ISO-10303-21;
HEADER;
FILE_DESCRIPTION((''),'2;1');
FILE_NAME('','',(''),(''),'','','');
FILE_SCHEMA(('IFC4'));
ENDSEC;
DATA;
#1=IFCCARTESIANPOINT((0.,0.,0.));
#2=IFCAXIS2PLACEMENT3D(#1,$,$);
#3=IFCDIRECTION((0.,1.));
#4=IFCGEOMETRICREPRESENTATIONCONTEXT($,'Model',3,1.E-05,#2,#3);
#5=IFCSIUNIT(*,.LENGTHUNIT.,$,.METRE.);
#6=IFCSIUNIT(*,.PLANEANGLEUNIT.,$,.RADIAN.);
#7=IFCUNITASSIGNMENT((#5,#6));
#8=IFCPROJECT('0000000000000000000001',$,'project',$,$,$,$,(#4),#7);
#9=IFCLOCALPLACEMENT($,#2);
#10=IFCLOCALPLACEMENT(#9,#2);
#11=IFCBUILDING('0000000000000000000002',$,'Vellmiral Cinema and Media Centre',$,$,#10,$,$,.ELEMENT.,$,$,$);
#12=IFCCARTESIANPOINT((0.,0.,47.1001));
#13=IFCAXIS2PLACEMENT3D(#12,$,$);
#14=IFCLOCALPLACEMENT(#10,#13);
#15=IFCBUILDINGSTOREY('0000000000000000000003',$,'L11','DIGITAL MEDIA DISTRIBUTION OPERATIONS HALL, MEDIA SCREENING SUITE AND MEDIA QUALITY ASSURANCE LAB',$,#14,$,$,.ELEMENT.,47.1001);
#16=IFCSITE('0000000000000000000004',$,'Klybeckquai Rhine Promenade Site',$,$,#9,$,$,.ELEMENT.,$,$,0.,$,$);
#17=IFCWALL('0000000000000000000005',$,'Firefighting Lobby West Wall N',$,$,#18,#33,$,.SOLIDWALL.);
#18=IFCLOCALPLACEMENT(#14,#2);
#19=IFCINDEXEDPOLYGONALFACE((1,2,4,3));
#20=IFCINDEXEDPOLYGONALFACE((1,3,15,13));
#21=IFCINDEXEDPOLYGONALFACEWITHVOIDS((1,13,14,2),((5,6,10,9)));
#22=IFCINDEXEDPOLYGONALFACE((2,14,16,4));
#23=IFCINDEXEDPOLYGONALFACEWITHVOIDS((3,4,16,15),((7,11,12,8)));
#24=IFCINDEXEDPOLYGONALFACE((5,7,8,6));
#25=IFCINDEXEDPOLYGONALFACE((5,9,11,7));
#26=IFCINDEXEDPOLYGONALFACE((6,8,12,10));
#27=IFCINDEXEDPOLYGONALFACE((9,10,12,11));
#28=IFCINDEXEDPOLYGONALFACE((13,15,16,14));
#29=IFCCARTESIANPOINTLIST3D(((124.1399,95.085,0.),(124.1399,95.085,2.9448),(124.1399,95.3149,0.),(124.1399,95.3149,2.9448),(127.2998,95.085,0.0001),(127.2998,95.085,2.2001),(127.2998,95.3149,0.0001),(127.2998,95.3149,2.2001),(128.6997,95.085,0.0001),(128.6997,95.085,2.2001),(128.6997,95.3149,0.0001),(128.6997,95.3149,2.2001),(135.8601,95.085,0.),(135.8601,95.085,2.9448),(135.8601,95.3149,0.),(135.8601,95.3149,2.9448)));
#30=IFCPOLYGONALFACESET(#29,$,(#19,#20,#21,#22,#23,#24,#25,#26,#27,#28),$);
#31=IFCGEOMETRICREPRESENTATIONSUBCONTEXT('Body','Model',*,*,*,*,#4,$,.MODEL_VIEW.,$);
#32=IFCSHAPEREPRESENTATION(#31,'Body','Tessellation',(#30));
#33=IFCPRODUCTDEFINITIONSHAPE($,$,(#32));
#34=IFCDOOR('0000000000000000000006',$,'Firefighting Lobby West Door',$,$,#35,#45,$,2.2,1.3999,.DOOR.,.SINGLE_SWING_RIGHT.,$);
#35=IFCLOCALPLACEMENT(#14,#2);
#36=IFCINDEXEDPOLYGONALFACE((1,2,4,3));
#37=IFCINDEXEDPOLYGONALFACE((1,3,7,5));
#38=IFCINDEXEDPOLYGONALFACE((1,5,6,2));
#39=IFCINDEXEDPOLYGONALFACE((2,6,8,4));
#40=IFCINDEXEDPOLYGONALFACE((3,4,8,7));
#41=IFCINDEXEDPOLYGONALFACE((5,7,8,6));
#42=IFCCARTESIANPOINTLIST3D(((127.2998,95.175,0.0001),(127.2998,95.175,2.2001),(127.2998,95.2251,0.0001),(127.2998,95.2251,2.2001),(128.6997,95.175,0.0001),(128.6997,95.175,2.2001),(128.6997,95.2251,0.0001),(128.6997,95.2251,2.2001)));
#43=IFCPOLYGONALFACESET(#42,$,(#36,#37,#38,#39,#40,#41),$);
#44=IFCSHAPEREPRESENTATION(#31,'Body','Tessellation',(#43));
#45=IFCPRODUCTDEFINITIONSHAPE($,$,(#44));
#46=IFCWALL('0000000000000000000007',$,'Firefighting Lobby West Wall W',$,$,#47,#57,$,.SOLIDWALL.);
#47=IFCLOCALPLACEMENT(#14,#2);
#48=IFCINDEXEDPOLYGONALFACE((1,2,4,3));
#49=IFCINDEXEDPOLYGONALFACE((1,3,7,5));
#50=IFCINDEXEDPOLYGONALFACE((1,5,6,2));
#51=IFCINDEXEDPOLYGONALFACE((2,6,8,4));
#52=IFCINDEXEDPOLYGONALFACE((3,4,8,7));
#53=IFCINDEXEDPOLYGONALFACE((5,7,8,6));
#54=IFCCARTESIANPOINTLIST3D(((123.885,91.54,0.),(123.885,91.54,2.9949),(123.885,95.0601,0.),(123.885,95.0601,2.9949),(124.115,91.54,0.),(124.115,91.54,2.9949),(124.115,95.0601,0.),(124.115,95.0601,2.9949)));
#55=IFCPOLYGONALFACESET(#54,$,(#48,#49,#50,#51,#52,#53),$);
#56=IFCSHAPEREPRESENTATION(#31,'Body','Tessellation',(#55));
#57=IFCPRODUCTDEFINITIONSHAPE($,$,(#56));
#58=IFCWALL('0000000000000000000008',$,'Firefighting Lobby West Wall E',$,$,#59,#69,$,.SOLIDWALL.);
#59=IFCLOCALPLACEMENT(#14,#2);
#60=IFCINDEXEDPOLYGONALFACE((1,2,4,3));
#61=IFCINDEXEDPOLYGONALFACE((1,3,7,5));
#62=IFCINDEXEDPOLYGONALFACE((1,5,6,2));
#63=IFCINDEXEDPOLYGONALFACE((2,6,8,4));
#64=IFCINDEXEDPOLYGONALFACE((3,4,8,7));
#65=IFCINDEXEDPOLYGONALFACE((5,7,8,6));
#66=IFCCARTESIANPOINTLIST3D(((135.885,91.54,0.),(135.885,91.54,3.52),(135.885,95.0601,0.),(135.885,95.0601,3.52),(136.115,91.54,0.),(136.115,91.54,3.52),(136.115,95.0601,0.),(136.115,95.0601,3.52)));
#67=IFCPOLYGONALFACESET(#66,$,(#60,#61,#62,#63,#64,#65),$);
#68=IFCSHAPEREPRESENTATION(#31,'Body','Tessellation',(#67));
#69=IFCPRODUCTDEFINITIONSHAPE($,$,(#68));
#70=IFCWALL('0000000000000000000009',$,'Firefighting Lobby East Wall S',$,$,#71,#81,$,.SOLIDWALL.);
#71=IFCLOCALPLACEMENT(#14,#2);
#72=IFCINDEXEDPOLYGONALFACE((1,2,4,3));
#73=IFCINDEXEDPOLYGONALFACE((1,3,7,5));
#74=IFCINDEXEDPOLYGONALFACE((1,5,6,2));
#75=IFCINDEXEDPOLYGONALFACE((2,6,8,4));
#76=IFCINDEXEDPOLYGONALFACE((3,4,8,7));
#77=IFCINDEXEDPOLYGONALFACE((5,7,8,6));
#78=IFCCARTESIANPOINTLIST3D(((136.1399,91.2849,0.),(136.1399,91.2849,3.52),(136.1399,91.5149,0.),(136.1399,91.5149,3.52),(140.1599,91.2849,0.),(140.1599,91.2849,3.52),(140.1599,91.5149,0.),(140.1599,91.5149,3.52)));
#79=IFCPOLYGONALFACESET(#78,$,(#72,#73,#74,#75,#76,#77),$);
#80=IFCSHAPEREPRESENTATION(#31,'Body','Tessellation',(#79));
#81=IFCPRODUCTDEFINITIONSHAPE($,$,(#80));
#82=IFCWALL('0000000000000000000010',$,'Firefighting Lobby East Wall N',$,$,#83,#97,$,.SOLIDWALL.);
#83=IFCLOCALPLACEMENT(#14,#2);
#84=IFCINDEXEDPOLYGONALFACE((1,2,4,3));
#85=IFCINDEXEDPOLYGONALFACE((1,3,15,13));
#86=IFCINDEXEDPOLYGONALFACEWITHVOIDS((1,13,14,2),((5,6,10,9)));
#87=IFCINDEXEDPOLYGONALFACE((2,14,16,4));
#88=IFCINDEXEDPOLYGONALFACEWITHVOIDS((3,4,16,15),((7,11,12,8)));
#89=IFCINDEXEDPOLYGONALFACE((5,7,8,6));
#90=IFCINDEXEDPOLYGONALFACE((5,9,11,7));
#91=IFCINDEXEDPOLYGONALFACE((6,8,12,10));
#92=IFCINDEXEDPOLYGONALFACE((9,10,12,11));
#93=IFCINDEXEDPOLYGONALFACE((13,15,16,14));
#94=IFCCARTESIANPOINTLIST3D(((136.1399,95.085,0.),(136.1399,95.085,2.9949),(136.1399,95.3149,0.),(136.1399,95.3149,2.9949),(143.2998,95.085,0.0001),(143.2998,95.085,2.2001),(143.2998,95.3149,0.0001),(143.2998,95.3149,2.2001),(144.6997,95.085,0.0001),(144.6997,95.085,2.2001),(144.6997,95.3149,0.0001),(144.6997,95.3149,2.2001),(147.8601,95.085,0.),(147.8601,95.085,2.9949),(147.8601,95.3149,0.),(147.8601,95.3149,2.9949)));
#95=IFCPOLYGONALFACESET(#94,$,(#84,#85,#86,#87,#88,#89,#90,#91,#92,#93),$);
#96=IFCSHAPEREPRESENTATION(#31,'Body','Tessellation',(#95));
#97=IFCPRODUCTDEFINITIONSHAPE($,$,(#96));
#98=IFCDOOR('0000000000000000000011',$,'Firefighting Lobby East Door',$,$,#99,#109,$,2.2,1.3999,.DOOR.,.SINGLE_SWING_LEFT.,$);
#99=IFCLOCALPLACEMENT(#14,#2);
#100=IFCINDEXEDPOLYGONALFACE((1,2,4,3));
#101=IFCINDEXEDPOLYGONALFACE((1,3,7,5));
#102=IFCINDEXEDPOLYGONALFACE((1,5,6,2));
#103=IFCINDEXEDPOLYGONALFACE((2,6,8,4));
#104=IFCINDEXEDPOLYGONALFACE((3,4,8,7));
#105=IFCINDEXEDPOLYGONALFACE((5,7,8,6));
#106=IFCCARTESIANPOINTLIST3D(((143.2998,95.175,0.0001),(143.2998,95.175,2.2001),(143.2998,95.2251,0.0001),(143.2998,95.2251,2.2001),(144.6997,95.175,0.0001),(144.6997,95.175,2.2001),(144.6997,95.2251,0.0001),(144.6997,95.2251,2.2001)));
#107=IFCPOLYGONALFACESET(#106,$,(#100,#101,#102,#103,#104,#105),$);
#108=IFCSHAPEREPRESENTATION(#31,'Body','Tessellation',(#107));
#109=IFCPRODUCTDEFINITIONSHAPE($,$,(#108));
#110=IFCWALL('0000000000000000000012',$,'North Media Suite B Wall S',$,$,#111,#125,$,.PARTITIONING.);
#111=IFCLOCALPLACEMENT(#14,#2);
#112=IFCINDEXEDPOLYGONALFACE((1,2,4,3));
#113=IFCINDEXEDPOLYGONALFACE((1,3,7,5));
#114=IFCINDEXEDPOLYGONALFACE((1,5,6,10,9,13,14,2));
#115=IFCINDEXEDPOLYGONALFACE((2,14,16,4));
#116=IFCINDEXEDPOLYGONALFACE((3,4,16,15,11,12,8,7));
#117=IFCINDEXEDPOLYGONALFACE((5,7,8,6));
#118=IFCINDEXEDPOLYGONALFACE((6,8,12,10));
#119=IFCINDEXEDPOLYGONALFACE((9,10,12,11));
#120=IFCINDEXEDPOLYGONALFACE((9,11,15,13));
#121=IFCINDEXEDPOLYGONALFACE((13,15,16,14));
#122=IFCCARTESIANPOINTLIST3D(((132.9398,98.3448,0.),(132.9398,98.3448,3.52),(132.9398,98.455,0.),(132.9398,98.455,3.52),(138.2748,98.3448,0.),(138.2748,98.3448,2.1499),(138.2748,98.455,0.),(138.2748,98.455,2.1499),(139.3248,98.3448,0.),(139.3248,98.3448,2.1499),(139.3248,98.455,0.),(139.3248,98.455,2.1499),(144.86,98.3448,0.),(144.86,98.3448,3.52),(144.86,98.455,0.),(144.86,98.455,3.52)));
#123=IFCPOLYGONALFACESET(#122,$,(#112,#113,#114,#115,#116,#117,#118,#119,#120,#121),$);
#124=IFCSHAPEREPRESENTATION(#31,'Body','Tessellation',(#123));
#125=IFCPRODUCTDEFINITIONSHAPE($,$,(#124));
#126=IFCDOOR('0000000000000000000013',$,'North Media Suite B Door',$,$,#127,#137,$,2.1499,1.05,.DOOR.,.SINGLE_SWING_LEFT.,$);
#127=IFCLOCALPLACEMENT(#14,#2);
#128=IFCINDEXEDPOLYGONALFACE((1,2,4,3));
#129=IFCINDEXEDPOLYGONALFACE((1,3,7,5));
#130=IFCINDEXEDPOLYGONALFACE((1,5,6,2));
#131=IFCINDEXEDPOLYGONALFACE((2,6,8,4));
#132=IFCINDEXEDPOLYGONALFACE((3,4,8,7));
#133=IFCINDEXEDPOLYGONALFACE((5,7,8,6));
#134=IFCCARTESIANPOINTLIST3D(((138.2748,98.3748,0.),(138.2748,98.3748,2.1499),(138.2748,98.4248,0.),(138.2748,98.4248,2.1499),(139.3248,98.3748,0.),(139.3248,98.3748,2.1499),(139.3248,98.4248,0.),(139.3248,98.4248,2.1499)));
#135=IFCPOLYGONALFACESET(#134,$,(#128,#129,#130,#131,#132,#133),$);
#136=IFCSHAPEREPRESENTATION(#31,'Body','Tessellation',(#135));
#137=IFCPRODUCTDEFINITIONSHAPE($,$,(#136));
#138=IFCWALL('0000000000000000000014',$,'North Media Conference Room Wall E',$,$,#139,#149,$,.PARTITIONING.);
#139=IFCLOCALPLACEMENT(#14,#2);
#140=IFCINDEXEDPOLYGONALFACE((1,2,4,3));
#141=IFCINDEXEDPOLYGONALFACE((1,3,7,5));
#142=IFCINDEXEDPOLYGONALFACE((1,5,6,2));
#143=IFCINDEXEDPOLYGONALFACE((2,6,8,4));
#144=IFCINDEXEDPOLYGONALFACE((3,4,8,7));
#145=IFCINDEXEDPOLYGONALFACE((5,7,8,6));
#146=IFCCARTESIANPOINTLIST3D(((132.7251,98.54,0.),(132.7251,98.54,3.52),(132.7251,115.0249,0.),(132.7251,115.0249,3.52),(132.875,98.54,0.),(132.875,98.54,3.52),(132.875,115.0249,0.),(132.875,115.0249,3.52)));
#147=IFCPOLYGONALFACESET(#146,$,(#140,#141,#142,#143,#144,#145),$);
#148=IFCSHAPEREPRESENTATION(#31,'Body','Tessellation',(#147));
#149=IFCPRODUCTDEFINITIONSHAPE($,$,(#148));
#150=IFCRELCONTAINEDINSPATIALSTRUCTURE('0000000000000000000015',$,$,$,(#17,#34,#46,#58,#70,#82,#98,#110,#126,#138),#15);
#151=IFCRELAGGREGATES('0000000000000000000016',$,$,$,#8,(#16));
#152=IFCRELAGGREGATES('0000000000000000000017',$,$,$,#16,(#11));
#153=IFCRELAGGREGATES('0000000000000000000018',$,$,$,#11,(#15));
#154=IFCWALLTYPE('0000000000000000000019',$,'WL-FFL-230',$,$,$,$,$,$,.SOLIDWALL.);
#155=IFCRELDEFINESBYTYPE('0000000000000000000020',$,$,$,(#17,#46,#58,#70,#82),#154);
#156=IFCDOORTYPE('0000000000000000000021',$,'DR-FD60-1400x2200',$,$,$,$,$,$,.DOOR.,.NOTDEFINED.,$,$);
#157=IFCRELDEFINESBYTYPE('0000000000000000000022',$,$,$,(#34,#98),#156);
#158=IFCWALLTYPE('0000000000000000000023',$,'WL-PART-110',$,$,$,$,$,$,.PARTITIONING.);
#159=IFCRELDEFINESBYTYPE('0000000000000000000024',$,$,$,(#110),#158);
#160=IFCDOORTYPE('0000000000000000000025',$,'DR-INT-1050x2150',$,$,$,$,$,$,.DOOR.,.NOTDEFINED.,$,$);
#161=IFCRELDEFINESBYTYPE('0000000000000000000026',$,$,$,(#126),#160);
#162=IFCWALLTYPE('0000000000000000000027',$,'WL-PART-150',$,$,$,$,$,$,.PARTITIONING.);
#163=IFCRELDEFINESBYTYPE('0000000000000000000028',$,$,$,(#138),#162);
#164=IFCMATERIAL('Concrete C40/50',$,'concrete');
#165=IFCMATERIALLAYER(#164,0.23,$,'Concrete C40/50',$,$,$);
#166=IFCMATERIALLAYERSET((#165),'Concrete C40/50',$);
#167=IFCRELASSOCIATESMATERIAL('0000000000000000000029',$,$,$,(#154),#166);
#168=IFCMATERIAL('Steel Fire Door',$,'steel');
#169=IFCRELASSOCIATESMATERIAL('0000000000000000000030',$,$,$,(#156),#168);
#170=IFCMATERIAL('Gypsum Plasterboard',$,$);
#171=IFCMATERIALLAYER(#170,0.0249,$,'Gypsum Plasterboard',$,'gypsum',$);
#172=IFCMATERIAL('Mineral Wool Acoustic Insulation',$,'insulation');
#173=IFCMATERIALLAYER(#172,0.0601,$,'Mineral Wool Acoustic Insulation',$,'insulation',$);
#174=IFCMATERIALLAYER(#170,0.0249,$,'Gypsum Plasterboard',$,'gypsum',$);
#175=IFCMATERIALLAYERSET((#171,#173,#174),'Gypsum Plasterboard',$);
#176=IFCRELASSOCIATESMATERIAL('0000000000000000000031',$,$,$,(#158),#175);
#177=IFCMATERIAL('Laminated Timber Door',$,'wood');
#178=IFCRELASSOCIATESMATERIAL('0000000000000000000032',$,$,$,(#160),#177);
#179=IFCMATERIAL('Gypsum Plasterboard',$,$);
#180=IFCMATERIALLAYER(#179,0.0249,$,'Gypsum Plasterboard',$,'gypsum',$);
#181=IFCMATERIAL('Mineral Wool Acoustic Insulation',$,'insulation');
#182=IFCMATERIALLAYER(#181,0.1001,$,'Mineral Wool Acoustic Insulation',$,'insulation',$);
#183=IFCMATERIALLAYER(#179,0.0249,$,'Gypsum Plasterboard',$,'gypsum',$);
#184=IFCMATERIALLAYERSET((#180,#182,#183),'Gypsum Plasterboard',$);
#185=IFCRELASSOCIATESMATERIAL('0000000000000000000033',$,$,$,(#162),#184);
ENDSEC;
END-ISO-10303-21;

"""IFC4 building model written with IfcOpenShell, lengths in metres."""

from ifc_helpers import new_model, si_unit, direction, frame, frame_2d, origin, place, context, subcontext, project, spatial, rectangle, extrude, material, layer, layer_set, type_object, element, fill, save


model = new_model("IFC4")

# Units and contexts
model_context = context("Model", 3, precision=1e-05, world=origin(), true_north=direction((0.0, 1.0)))
body_context = subcontext(model_context, "Body", "Model", "MODEL_VIEW")
ifc_project = project(units=[si_unit("LENGTHUNIT", "METRE"), si_unit("PLANEANGLEUNIT", "RADIAN")], contexts=[model_context])

# Site, building, storey
site_placement = place(None, origin())
site = spatial("IfcSite", under=ifc_project, at=site_placement, Name="Klybeckquai Rhine Promenade Site", CompositionType="ELEMENT", RefElevation=0.0)
building_placement = place(site_placement, origin())
building = spatial("IfcBuilding", under=site, at=building_placement, Name="Vellmiral Cinema and Media Centre", CompositionType="ELEMENT")
storey_placement = place(building_placement, frame((0.0, 0.0, 47.1001)))
storey = spatial("IfcBuildingStorey", under=building, at=storey_placement, Name="L11", Description="DIGITAL MEDIA DISTRIBUTION OPERATIONS HALL, MEDIA SCREENING SUITE AND MEDIA QUALITY ASSURANCE LAB", CompositionType="ELEMENT", Elevation=47.1001)

# Shared definitions
ifc_material_1 = material(Name="Concrete C40/50", Category="concrete")
ifc_layer_1 = layer(ifc_material_1, 0.23, Name="Concrete C40/50")
ifc_layer_set_1 = layer_set([ifc_layer_1], Name="Concrete C40/50")
wall_type_1 = type_object("IfcWallType", Name="WL-FFL-230", PredefinedType="SOLIDWALL", material=ifc_layer_set_1)

# Wall, opening, door
wall_1_placement = place(storey_placement, frame((124.1399, 95.2, 0.0), z_axis=(0.0, 0.0, 1.0), x_axis=(1.0, 0.0, 0.0)))
wall_1 = element("IfcWall", 1, at=wall_1_placement, inside=storey, type_object=wall_type_1, Name="Firefighting Lobby West Wall N", PredefinedType="SOLIDWALL", context=body_context, shape_type="SweptSolid", body=[
    extrude(rectangle(XDim=11.7202, YDim=0.23, at=frame_2d((5.8601, 0.0))), origin(), (0.0, 0.0, 1.0), 2.9448),
])
opening_1_placement = place(wall_1_placement, frame((3.1599, 0.0, 0.0)))
opening_1 = element("IfcOpeningElement", 2, at=opening_1_placement, cuts=wall_1, PredefinedType="OPENING", context=body_context, shape_type="SweptSolid", body=[
    extrude(rectangle(XDim=1.3999, YDim=2.2, at=frame_2d((0.7, 1.1001))), frame((0.0, 0.127, 0.0), z_axis=(0.0, -1.0, 0.0), x_axis=(1.0, 0.0, 0.0)), (0.0, 0.0, 1.0), 0.2539),
])
ifc_material_2 = material(Name="Steel Fire Door", Category="steel")
door_type_1 = type_object("IfcDoorType", Name="DR-FD60-1400x2200", OperationType="NOTDEFINED", PredefinedType="DOOR", material=ifc_material_2)
door_1_placement = place(opening_1_placement, frame((1.3999, 0.0, 0.0), z_axis=(0.0, 0.0, 1.0), x_axis=(-1.0, 0.0, 0.0)))
door_1 = element("IfcDoor", 3, at=door_1_placement, inside=storey, type_object=door_type_1, Name="Firefighting Lobby West Door", OperationType="SINGLE_SWING_RIGHT", OverallHeight=2.2, OverallWidth=1.3999, PredefinedType="DOOR", context=body_context, shape_type="SweptSolid", body=[
    extrude(rectangle(XDim=1.3999, YDim=2.2, at=frame_2d((0.7, 1.1001))), frame((0.0, 0.0249, 0.0), z_axis=(0.0, -1.0, 0.0), x_axis=(1.0, 0.0, 0.0)), (0.0, 0.0, 1.0), 0.05),
])
fill(opening_1, door_1)

# Walls
wall_2_placement = place(storey_placement, frame((124.0, 91.54, 0.0), z_axis=(0.0, 0.0, 1.0), x_axis=(0.0, 1.0, 0.0)))
element("IfcWall", 4, at=wall_2_placement, inside=storey, type_object=wall_type_1, Name="Firefighting Lobby West Wall W", PredefinedType="SOLIDWALL", context=body_context, shape_type="SweptSolid", body=[
    extrude(rectangle(XDim=3.52, YDim=0.23, at=frame_2d((1.76, 0.0))), origin(), (0.0, 0.0, 1.0), 2.9949),
])
wall_3_placement = place(storey_placement, frame((136.0, 91.54, 0.0), z_axis=(0.0, 0.0, 1.0), x_axis=(0.0, 1.0, 0.0)))
element("IfcWall", 5, at=wall_3_placement, inside=storey, type_object=wall_type_1, Name="Firefighting Lobby West Wall E", PredefinedType="SOLIDWALL", context=body_context, shape_type="SweptSolid", body=[
    extrude(rectangle(XDim=3.52, YDim=0.23, at=frame_2d((1.76, 0.0))), origin(), (0.0, 0.0, 1.0), 3.52),
])
wall_4_placement = place(storey_placement, frame((136.1399, 91.3999, 0.0), z_axis=(0.0, 0.0, 1.0), x_axis=(1.0, 0.0, 0.0)))
element("IfcWall", 6, at=wall_4_placement, inside=storey, type_object=wall_type_1, Name="Firefighting Lobby East Wall S", PredefinedType="SOLIDWALL", context=body_context, shape_type="SweptSolid", body=[
    extrude(rectangle(XDim=4.02, YDim=0.23, at=frame_2d((2.01, 0.0))), origin(), (0.0, 0.0, 1.0), 3.52),
])

# Walls, openings, doors
wall_5_placement = place(storey_placement, frame((136.1399, 95.2, 0.0), z_axis=(0.0, 0.0, 1.0), x_axis=(1.0, 0.0, 0.0)))
wall_5 = element("IfcWall", 7, at=wall_5_placement, inside=storey, type_object=wall_type_1, Name="Firefighting Lobby East Wall N", PredefinedType="SOLIDWALL", context=body_context, shape_type="SweptSolid", body=[
    extrude(rectangle(XDim=11.7202, YDim=0.23, at=frame_2d((5.8601, 0.0))), origin(), (0.0, 0.0, 1.0), 2.9949),
])
opening_2_placement = place(wall_5_placement, frame((7.1599, 0.0, 0.0)))
opening_2 = element("IfcOpeningElement", 8, at=opening_2_placement, cuts=wall_5, PredefinedType="OPENING", context=body_context, shape_type="SweptSolid", body=[
    extrude(rectangle(XDim=1.3999, YDim=2.2, at=frame_2d((0.7, 1.1001))), frame((0.0, 0.127, 0.0), z_axis=(0.0, -1.0, 0.0), x_axis=(1.0, 0.0, 0.0)), (0.0, 0.0, 1.0), 0.2539),
])
door_2_placement = place(opening_2_placement, frame((1.3999, 0.0, 0.0), z_axis=(0.0, 0.0, 1.0), x_axis=(-1.0, 0.0, 0.0)))
door_2 = element("IfcDoor", 9, at=door_2_placement, inside=storey, type_object=door_type_1, Name="Firefighting Lobby East Door", OperationType="SINGLE_SWING_LEFT", OverallHeight=2.2, OverallWidth=1.3999, PredefinedType="DOOR", context=body_context, shape_type="SweptSolid", body=[
    extrude(rectangle(XDim=1.3999, YDim=2.2, at=frame_2d((0.7, 1.1001))), frame((0.0, 0.0249, 0.0), z_axis=(0.0, -1.0, 0.0), x_axis=(1.0, 0.0, 0.0)), (0.0, 0.0, 1.0), 0.05),
])
fill(opening_2, door_2)
ifc_material_3 = material(Name="Gypsum Plasterboard")
ifc_layer_2 = layer(ifc_material_3, 0.0249, Name="Gypsum Plasterboard", Category="gypsum")
ifc_material_4 = material(Name="Mineral Wool Acoustic Insulation", Category="insulation")
ifc_layer_3 = layer(ifc_material_4, 0.0601, Name="Mineral Wool Acoustic Insulation", Category="insulation")
ifc_layer_4 = layer(ifc_material_3, 0.0249, Name="Gypsum Plasterboard", Category="gypsum")
ifc_layer_set_2 = layer_set([ifc_layer_2, ifc_layer_3, ifc_layer_4], Name="Gypsum Plasterboard")
wall_type_2 = type_object("IfcWallType", Name="WL-PART-110", PredefinedType="PARTITIONING", material=ifc_layer_set_2)
wall_6_placement = place(storey_placement, frame((132.9399, 98.3999, 0.0), z_axis=(0.0, 0.0, 1.0), x_axis=(1.0, 0.0, 0.0)))
wall_6 = element("IfcWall", 10, at=wall_6_placement, inside=storey, type_object=wall_type_2, Name="North Media Suite B Wall S", PredefinedType="PARTITIONING", context=body_context, shape_type="SweptSolid", body=[
    extrude(rectangle(XDim=11.9202, YDim=0.1101, at=frame_2d((5.96, 0.0))), origin(), (0.0, 0.0, 1.0), 3.52),
])
opening_3_placement = place(wall_6_placement, frame((5.335, 0.0, 0.0)))
opening_3 = element("IfcOpeningElement", 11, at=opening_3_placement, cuts=wall_6, PredefinedType="OPENING", context=body_context, shape_type="SweptSolid", body=[
    extrude(rectangle(XDim=1.05, YDim=2.1499, at=frame_2d((0.5249, 1.075))), frame((0.0, 0.0669, 0.0), z_axis=(0.0, -1.0, 0.0), x_axis=(1.0, 0.0, 0.0)), (0.0, 0.0, 1.0), 0.134),
])
ifc_material_5 = material(Name="Laminated Timber Door", Category="wood")
door_type_2 = type_object("IfcDoorType", Name="DR-INT-1050x2150", OperationType="NOTDEFINED", PredefinedType="DOOR", material=ifc_material_5)
door_3_placement = place(opening_3_placement, origin())
door_3 = element("IfcDoor", 12, at=door_3_placement, inside=storey, type_object=door_type_2, Name="North Media Suite B Door", OperationType="SINGLE_SWING_LEFT", OverallHeight=2.1499, OverallWidth=1.05, PredefinedType="DOOR", context=body_context, shape_type="SweptSolid", body=[
    extrude(rectangle(XDim=1.05, YDim=2.1499, at=frame_2d((0.5249, 1.075))), frame((0.0, 0.0249, 0.0), z_axis=(0.0, -1.0, 0.0), x_axis=(1.0, 0.0, 0.0)), (0.0, 0.0, 1.0), 0.05),
])
fill(opening_3, door_3)

# Wall
ifc_material_6 = material(Name="Gypsum Plasterboard")
ifc_layer_5 = layer(ifc_material_6, 0.0249, Name="Gypsum Plasterboard", Category="gypsum")
ifc_material_7 = material(Name="Mineral Wool Acoustic Insulation", Category="insulation")
ifc_layer_6 = layer(ifc_material_7, 0.1001, Name="Mineral Wool Acoustic Insulation", Category="insulation")
ifc_layer_7 = layer(ifc_material_6, 0.0249, Name="Gypsum Plasterboard", Category="gypsum")
ifc_layer_set_3 = layer_set([ifc_layer_5, ifc_layer_6, ifc_layer_7], Name="Gypsum Plasterboard")
wall_type_3 = type_object("IfcWallType", Name="WL-PART-150", PredefinedType="PARTITIONING", material=ifc_layer_set_3)
wall_7_placement = place(storey_placement, frame((132.8, 98.54, 0.0), z_axis=(0.0, 0.0, 1.0), x_axis=(0.0, 1.0, 0.0)))
element("IfcWall", 13, at=wall_7_placement, inside=storey, type_object=wall_type_3, Name="North Media Conference Room Wall E", PredefinedType="PARTITIONING", context=body_context, shape_type="SweptSolid", body=[
    extrude(rectangle(XDim=16.4849, YDim=0.1499, at=frame_2d((8.2424, 0.0))), origin(), (0.0, 0.0, 1.0), 3.52),
])

save(model, "model.ifc")
